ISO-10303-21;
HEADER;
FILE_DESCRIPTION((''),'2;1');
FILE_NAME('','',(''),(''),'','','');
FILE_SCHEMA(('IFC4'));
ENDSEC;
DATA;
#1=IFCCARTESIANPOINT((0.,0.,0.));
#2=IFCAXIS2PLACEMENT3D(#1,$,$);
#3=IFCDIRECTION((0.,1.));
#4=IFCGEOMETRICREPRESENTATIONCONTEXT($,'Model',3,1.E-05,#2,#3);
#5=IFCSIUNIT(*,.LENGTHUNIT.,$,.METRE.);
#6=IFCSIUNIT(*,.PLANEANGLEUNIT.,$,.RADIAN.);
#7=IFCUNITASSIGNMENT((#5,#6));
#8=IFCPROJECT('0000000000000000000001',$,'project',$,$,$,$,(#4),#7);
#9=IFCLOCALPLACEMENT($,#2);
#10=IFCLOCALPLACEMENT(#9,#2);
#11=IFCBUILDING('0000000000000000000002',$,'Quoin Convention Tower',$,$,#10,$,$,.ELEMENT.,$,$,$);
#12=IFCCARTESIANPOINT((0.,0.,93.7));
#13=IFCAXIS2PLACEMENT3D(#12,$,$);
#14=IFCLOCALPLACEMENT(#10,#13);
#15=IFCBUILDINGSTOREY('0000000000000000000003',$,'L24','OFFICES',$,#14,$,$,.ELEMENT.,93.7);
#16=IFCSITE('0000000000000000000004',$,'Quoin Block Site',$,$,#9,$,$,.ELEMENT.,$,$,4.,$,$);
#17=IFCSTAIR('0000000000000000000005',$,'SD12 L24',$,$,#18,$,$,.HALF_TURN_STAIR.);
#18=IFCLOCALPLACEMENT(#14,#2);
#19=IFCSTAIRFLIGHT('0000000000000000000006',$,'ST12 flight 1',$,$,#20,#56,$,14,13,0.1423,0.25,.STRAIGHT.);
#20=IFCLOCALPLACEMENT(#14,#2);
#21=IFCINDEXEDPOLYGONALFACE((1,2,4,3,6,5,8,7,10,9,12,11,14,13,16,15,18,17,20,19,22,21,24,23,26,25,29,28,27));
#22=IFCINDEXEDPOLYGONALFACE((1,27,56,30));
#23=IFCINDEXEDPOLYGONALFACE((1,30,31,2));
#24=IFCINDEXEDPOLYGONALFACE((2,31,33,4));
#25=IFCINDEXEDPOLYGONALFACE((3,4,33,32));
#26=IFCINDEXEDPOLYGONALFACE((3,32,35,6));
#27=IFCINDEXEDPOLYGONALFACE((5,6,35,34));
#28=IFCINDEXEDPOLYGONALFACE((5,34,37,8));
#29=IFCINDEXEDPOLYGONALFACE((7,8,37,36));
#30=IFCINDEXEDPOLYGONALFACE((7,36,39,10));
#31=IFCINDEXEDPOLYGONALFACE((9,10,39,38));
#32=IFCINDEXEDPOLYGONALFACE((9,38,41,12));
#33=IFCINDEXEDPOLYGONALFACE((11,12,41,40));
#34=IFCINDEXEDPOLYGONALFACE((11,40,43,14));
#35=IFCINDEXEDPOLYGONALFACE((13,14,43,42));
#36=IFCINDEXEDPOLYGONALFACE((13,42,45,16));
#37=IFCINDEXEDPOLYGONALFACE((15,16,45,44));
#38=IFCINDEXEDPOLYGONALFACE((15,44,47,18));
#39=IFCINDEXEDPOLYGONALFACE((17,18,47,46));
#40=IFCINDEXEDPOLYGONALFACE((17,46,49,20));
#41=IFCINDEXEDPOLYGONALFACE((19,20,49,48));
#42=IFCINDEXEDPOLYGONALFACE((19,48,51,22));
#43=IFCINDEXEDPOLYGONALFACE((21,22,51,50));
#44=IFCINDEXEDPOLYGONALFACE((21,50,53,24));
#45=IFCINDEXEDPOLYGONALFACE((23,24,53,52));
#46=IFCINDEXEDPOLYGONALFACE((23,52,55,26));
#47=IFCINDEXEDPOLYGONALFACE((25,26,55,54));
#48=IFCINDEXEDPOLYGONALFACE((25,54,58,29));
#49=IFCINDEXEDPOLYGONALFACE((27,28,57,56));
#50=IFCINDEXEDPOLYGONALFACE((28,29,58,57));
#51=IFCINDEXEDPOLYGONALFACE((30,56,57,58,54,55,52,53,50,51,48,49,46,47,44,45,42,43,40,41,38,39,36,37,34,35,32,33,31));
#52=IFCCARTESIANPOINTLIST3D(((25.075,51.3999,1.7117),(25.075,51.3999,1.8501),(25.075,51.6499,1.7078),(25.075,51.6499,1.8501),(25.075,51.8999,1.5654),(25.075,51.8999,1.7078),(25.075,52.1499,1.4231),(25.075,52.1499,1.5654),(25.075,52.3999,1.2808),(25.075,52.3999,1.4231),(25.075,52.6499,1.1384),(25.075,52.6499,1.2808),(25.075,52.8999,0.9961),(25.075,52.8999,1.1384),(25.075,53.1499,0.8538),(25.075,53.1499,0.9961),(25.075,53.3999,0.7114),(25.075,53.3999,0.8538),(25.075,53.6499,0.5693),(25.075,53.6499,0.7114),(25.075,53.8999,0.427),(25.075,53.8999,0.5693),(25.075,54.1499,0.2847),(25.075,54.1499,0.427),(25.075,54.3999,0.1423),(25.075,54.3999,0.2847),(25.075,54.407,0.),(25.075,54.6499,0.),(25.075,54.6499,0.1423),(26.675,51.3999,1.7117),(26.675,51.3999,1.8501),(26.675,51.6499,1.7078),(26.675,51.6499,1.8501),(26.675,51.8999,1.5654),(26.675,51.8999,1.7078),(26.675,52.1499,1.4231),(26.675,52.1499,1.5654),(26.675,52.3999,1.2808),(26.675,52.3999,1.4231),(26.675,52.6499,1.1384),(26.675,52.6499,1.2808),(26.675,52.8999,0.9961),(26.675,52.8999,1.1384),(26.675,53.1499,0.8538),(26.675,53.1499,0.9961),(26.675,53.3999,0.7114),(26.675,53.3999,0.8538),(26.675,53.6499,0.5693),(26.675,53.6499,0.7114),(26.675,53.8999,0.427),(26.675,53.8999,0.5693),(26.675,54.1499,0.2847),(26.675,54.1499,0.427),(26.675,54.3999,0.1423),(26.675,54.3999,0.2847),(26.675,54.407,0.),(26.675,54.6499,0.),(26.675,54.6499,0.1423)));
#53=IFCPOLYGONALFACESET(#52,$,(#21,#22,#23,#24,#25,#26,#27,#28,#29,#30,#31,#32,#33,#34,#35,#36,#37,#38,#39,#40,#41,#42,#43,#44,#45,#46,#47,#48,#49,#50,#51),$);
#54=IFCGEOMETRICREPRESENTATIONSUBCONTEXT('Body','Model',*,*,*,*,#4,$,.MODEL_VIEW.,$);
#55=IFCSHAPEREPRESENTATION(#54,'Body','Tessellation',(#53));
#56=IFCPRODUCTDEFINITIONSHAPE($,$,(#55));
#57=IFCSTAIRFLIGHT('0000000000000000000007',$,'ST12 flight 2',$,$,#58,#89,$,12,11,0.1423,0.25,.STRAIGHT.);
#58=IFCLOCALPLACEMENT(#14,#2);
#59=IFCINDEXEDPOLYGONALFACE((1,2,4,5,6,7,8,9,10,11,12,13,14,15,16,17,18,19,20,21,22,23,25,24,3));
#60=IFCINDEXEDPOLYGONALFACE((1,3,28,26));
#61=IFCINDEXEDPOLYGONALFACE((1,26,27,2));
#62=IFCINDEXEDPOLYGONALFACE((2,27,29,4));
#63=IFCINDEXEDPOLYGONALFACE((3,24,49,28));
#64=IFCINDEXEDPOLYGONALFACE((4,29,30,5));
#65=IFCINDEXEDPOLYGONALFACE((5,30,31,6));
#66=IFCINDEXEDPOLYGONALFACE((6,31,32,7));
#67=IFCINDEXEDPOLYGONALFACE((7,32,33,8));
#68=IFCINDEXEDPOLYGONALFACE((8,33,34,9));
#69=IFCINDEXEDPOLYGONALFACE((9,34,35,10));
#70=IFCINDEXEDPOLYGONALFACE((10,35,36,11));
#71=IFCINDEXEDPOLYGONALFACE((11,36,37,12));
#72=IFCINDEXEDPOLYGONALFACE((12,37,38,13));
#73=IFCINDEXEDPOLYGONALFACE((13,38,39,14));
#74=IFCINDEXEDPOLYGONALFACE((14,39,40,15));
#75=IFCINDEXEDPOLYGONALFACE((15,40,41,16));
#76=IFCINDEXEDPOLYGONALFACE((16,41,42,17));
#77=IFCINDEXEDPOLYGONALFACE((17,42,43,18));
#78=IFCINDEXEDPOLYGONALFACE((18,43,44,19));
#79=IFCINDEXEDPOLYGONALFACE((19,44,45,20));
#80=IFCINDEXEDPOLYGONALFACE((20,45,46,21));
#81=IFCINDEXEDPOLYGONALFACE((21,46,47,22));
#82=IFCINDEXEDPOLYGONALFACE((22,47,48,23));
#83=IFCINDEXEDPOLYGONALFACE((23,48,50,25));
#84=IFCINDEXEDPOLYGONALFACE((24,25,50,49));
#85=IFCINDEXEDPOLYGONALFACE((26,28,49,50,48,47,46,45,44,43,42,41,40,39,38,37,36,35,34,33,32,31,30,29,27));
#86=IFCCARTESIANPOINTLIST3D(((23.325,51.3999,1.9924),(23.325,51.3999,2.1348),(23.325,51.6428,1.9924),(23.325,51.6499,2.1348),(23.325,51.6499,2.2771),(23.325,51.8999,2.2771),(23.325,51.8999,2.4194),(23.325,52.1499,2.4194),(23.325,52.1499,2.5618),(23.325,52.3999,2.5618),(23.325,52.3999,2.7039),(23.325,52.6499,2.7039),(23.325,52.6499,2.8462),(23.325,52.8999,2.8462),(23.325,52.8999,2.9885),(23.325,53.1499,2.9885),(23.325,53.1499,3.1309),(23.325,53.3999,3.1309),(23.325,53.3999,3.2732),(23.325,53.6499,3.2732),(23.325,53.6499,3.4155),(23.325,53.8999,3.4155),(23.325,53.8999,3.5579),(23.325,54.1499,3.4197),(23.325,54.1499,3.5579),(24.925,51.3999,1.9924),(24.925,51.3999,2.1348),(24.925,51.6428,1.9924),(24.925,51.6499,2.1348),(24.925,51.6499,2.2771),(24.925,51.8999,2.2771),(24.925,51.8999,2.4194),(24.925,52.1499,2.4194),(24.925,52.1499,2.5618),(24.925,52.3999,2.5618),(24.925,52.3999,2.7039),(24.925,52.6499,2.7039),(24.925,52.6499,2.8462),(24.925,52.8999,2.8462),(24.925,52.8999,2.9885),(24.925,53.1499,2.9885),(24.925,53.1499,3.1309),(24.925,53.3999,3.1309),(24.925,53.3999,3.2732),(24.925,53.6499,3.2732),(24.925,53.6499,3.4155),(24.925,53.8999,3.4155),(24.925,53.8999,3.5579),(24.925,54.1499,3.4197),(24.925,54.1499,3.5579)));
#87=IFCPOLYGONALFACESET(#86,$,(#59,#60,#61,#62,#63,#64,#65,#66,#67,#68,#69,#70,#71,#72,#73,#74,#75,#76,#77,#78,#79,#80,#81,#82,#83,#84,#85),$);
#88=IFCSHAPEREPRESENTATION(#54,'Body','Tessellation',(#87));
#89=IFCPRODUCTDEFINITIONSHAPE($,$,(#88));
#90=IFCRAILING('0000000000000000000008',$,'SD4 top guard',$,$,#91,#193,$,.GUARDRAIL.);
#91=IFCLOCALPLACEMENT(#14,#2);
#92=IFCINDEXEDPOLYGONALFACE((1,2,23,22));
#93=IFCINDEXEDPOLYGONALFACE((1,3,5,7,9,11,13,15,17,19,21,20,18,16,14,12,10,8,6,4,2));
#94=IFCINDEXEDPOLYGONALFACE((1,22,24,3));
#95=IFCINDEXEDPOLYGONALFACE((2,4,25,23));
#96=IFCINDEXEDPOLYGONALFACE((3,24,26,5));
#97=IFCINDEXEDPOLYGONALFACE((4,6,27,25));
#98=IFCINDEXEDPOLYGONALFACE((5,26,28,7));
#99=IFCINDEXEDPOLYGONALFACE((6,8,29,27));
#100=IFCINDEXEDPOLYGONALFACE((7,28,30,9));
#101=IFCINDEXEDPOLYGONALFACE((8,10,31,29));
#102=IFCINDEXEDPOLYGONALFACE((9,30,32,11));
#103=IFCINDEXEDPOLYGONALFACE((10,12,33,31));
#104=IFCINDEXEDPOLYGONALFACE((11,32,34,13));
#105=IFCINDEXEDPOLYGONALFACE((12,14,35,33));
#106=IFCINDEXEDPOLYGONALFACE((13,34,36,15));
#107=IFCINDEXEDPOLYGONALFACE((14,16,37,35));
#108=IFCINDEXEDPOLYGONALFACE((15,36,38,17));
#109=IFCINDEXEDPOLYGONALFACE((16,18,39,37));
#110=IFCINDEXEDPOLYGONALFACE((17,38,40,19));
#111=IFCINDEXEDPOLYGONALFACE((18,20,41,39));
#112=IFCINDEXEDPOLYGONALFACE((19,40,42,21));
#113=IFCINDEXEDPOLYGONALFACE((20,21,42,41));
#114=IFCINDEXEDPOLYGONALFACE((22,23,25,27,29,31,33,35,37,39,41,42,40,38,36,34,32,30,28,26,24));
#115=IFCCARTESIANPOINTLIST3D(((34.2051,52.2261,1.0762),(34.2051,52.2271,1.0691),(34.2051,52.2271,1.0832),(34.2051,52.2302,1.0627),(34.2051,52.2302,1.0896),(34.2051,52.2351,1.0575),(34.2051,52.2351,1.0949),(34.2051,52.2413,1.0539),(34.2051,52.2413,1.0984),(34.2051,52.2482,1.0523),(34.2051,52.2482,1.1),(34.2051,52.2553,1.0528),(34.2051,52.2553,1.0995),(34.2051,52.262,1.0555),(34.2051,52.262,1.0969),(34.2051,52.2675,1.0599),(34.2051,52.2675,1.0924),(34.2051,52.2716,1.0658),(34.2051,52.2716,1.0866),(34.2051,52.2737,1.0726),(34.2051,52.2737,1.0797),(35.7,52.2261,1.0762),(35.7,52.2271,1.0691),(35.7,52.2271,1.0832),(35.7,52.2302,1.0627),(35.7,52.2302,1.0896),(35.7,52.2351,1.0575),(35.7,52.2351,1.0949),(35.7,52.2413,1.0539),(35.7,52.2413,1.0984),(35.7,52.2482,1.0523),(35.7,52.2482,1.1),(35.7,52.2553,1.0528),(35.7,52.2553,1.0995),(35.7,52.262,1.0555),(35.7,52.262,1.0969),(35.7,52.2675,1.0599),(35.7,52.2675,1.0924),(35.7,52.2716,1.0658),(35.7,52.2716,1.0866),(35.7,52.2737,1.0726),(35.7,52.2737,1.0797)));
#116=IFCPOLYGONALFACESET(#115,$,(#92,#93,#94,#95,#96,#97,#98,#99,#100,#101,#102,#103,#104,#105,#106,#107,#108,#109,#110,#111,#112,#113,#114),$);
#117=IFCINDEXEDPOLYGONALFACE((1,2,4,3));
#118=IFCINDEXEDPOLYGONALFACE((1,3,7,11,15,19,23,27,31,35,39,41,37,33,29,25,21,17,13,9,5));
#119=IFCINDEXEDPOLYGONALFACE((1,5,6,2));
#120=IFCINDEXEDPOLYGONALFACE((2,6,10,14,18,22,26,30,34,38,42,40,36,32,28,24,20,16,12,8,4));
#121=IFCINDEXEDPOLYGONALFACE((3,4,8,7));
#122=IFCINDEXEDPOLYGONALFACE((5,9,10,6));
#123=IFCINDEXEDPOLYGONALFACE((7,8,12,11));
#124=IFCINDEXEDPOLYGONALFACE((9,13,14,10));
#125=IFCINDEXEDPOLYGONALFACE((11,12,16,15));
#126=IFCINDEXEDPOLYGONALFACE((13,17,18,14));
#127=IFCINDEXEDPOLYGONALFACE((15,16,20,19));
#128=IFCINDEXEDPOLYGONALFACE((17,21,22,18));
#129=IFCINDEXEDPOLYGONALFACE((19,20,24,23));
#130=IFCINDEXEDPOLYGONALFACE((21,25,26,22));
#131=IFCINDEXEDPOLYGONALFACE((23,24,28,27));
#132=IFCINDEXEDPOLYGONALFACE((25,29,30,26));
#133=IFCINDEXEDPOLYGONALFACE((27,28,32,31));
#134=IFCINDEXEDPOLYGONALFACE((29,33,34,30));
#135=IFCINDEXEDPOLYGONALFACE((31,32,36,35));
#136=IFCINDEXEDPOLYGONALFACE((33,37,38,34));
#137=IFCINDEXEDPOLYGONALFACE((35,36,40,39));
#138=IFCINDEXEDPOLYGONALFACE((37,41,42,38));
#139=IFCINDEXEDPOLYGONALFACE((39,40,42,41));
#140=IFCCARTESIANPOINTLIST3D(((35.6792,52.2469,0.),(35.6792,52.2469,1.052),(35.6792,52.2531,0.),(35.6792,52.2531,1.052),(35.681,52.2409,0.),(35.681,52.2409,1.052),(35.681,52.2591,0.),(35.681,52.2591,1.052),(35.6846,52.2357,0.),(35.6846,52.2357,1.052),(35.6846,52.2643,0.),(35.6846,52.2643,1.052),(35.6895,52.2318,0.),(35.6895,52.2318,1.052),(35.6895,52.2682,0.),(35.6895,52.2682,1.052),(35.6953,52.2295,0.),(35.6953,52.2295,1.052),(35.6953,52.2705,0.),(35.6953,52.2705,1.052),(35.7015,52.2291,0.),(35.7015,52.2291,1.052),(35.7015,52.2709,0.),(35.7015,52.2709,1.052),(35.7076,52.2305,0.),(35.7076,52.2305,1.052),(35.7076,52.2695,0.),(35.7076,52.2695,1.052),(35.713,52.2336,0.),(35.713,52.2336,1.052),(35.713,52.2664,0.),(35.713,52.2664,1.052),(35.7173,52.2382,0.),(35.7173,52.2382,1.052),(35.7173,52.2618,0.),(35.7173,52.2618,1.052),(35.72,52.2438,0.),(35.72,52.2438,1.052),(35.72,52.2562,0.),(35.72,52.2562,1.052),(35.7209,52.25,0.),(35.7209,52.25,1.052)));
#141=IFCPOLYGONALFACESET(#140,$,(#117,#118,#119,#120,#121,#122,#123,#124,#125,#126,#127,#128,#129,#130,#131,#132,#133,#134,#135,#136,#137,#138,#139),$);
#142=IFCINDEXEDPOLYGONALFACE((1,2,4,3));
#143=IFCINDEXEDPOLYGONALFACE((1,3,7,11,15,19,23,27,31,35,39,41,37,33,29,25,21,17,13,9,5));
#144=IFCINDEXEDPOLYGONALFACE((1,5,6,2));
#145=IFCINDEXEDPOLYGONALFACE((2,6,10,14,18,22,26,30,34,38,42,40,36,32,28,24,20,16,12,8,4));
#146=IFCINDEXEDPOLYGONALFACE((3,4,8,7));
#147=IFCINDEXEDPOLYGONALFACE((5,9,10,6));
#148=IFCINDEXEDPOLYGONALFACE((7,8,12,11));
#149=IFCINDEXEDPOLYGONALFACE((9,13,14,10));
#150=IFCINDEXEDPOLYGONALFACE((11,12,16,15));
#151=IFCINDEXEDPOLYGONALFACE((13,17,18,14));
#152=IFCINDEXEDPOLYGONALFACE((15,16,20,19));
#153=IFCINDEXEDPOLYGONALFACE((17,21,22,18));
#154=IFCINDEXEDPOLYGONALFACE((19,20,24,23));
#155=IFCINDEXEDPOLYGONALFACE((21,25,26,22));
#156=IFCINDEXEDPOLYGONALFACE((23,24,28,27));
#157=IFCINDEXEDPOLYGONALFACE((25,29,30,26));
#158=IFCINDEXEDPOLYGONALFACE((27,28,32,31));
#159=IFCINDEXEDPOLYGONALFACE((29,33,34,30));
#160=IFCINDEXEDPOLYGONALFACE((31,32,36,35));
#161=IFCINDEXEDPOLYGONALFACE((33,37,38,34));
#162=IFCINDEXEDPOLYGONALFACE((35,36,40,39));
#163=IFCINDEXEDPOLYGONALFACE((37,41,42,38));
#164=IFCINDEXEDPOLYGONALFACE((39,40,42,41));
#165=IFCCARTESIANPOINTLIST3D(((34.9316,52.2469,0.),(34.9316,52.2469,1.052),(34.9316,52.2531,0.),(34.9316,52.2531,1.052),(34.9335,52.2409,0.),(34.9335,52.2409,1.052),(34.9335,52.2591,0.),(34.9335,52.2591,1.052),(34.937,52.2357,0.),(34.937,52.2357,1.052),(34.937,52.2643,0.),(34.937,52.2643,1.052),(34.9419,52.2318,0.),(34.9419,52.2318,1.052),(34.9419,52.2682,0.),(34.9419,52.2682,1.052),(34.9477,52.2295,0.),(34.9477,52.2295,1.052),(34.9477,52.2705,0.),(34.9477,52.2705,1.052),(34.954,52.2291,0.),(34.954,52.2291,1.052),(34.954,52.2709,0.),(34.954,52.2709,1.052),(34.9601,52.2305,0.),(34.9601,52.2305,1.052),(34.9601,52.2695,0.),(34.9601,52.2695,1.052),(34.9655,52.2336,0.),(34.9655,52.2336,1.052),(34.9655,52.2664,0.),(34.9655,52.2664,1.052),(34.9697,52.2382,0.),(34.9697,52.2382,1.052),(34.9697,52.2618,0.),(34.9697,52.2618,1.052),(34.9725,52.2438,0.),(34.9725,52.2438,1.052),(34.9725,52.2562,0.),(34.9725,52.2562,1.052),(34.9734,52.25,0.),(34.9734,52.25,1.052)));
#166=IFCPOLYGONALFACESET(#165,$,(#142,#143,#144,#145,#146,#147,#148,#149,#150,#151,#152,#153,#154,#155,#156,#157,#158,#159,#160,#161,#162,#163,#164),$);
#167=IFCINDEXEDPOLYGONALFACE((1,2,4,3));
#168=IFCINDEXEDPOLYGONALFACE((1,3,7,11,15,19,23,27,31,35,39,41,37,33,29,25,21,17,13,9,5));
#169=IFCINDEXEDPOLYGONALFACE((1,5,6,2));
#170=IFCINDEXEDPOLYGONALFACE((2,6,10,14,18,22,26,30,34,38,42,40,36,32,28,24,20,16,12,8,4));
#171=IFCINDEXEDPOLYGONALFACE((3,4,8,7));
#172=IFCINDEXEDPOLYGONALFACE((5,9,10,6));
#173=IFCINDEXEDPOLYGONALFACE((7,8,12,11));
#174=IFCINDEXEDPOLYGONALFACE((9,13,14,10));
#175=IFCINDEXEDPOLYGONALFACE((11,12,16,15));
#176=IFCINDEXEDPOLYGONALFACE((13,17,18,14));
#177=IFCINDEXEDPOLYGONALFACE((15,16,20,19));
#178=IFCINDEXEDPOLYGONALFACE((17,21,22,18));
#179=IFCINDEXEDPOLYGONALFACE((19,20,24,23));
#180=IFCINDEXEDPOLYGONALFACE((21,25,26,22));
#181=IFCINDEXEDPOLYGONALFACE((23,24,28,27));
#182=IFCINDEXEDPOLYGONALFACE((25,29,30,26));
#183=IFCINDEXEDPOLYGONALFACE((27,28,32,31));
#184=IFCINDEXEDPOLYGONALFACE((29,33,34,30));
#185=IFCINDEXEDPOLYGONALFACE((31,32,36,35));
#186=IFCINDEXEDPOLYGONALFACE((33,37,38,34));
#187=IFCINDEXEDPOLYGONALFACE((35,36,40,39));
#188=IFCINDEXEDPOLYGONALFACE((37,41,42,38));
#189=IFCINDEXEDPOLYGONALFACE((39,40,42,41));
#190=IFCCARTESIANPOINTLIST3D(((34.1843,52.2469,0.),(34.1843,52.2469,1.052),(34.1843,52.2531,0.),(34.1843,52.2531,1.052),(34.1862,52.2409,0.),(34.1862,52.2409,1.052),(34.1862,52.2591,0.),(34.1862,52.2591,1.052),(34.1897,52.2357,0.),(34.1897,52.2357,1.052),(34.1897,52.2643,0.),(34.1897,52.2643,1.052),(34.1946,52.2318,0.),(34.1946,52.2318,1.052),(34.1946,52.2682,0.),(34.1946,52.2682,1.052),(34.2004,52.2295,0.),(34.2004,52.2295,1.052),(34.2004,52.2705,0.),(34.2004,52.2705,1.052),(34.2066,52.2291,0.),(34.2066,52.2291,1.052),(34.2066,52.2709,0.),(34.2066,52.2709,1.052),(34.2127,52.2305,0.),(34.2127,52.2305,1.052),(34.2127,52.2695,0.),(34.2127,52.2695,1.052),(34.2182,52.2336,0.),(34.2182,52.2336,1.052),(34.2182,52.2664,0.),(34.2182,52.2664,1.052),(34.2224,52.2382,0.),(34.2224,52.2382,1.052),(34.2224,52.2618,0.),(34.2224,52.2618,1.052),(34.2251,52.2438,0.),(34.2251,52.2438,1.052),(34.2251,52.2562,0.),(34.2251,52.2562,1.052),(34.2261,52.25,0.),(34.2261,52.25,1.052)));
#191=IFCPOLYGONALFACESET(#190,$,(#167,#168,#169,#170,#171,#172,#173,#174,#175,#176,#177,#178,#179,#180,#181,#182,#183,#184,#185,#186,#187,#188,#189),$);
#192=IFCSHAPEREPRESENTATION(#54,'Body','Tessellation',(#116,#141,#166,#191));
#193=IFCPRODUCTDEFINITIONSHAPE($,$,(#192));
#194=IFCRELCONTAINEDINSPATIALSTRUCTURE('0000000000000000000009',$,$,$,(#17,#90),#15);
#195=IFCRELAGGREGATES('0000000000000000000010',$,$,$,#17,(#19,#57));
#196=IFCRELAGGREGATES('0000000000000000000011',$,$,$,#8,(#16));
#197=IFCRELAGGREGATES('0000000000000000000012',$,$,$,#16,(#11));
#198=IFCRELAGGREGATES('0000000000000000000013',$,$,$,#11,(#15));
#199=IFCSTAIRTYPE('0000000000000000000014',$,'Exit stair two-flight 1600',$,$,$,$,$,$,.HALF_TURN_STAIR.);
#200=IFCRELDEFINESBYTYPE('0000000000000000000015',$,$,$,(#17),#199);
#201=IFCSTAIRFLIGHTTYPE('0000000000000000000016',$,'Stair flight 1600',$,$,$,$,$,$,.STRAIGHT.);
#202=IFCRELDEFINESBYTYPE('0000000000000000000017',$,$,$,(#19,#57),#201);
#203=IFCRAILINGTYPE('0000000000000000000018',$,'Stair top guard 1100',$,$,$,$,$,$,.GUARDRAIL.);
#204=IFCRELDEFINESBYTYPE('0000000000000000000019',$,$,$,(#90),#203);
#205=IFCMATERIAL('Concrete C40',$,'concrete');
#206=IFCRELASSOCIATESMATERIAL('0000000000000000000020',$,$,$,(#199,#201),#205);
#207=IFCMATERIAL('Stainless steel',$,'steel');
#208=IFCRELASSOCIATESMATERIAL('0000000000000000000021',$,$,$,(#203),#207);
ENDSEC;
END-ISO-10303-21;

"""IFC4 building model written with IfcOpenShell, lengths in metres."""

from ifc_helpers import new_model, si_unit, direction, frame, origin, origin_2d, place, context, subcontext, project, spatial, polyline, circle, outline, extrude, material, type_object, element, aggregate, save


model = new_model("IFC4")

# Units and contexts
model_context = context("Model", 3, precision=1e-05, world=origin(), true_north=direction((0.0, 1.0)))
body_context = subcontext(model_context, "Body", "Model", "MODEL_VIEW")
ifc_project = project(units=[si_unit("LENGTHUNIT", "METRE"), si_unit("PLANEANGLEUNIT", "RADIAN")], contexts=[model_context])

# Site, building, storey
site_placement = place(None, origin())
site = spatial("IfcSite", under=ifc_project, at=site_placement, Name="Quoin Block Site", CompositionType="ELEMENT", RefElevation=4.0)
building_placement = place(site_placement, origin())
building = spatial("IfcBuilding", under=site, at=building_placement, Name="Quoin Convention Tower", CompositionType="ELEMENT")
storey_placement = place(building_placement, frame((0.0, 0.0, 93.7)))
storey = spatial("IfcBuildingStorey", under=building, at=storey_placement, Name="L24", Description="OFFICES", CompositionType="ELEMENT", Elevation=93.7)

# Shared definitions
ifc_material_1 = material(Name="Concrete C40", Category="concrete")

# Stair, stair flights
stair_type_1 = type_object("IfcStairType", Name="Exit stair two-flight 1600", PredefinedType="HALF_TURN_STAIR", material=ifc_material_1)
stair_flight_type_1 = type_object("IfcStairFlightType", Name="Stair flight 1600", PredefinedType="STRAIGHT", material=ifc_material_1)
stair_1_placement = place(storey_placement, origin())
stair_1 = element("IfcStair", 1, at=stair_1_placement, inside=storey, type_object=stair_type_1, Name="SD12 L24", PredefinedType="HALF_TURN_STAIR")
stair_flight_1_placement = place(storey_placement, frame((25.875, 54.6499, 0.0), z_axis=(0.0, 0.0, 1.0), x_axis=(0.0, -1.0, 0.0)))
stair_flight_1 = element("IfcStairFlight", 2, at=stair_flight_1_placement, type_object=stair_flight_type_1, Name="ST12 flight 1", NumberOfRisers=14, NumberOfTreads=13, PredefinedType="STRAIGHT", RiserHeight=0.1423, TreadLength=0.25, context=body_context, shape_type="SweptSolid", body=[
    extrude(outline(polyline([(0.0, 0.0), (0.0, 0.1423), (0.25, 0.1423), (0.25, 0.2847), (0.5, 0.2847), (0.5, 0.427), (0.75, 0.427), (0.75, 0.5693), (1.0, 0.5693), (1.0, 0.7114), (1.25, 0.7114), (1.25, 0.8538), (1.5, 0.8538), (1.5, 0.9961), (1.75, 0.9961), (1.75, 1.1384), (2.0, 1.1384), (2.0, 1.2808), (2.25, 1.2808), (2.25, 1.4231), (2.5, 1.4231), (2.5, 1.5654), (2.75, 1.5654), (2.75, 1.7078), (3.0, 1.7078), (3.0, 1.8501), (3.25, 1.8501), (3.25, 1.9922), (3.25, 1.7117), (0.2429, 0.0), (0.0, 0.0)])), frame((0.0, 0.8, 0.0), z_axis=(0.0, -1.0, 0.0), x_axis=(1.0, 0.0, 0.0)), (0.0, 0.0, 1.0), 1.6001),
])
stair_flight_2_placement = place(storey_placement, frame((24.125, 51.3999, 1.9924), z_axis=(0.0, 0.0, 1.0), x_axis=(0.0, 1.0, 0.0)))
stair_flight_2 = element("IfcStairFlight", 3, at=stair_flight_2_placement, type_object=stair_flight_type_1, Name="ST12 flight 2", NumberOfRisers=12, NumberOfTreads=11, PredefinedType="STRAIGHT", RiserHeight=0.1423, TreadLength=0.25, context=body_context, shape_type="SweptSolid", body=[
    extrude(outline(polyline([(0.0, 0.0), (0.0, 0.1423), (0.25, 0.1423), (0.25, 0.2847), (0.5, 0.2847), (0.5, 0.427), (0.75, 0.427), (0.75, 0.5693), (1.0, 0.5693), (1.0, 0.7114), (1.25, 0.7114), (1.25, 0.8538), (1.5, 0.8538), (1.5, 0.9961), (1.75, 0.9961), (1.75, 1.1384), (2.0, 1.1384), (2.0, 1.2808), (2.25, 1.2808), (2.25, 1.4231), (2.5, 1.4231), (2.5, 1.5654), (2.75, 1.5654), (2.75, 1.7078), (2.75, 1.4272), (0.2429, 0.0), (0.0, 0.0)])), frame((0.0, 0.8, 0.0), z_axis=(0.0, -1.0, 0.0), x_axis=(1.0, 0.0, 0.0)), (0.0, 0.0, 1.0), 1.6001),
])
aggregate(stair_1, [stair_flight_1, stair_flight_2])

# Railing
ifc_material_2 = material(Name="Stainless steel", Category="steel")
railing_type_1 = type_object("IfcRailingType", Name="Stair top guard 1100", PredefinedType="GUARDRAIL", material=ifc_material_2)
railing_1_placement = place(storey_placement, frame((35.7, 52.25, 0.0)))
element("IfcRailing", 4, at=railing_1_placement, inside=storey, type_object=railing_type_1, Name="SD4 top guard", PredefinedType="GUARDRAIL", context=body_context, shape_type="SweptSolid", body=[
    extrude(circle(Radius=0.0239, at=origin_2d()), frame((0.0, 0.0, 1.0762), z_axis=(-1.0, 0.0, 0.0), x_axis=(0.0, -1.0, 0.0)), (0.0, 0.0, 1.0), 1.4949),
    extrude(circle(Radius=0.021, at=origin_2d()), origin(), (0.0, 0.0, 1.0), 1.052),
    extrude(circle(Radius=0.021, at=origin_2d()), frame((-0.7476, 0.0, 0.0)), (0.0, 0.0, 1.0), 1.052),
    extrude(circle(Radius=0.021, at=origin_2d()), frame((-1.4949, 0.0, 0.0)), (0.0, 0.0, 1.0), 1.052),
])

save(model, "model.ifc")
